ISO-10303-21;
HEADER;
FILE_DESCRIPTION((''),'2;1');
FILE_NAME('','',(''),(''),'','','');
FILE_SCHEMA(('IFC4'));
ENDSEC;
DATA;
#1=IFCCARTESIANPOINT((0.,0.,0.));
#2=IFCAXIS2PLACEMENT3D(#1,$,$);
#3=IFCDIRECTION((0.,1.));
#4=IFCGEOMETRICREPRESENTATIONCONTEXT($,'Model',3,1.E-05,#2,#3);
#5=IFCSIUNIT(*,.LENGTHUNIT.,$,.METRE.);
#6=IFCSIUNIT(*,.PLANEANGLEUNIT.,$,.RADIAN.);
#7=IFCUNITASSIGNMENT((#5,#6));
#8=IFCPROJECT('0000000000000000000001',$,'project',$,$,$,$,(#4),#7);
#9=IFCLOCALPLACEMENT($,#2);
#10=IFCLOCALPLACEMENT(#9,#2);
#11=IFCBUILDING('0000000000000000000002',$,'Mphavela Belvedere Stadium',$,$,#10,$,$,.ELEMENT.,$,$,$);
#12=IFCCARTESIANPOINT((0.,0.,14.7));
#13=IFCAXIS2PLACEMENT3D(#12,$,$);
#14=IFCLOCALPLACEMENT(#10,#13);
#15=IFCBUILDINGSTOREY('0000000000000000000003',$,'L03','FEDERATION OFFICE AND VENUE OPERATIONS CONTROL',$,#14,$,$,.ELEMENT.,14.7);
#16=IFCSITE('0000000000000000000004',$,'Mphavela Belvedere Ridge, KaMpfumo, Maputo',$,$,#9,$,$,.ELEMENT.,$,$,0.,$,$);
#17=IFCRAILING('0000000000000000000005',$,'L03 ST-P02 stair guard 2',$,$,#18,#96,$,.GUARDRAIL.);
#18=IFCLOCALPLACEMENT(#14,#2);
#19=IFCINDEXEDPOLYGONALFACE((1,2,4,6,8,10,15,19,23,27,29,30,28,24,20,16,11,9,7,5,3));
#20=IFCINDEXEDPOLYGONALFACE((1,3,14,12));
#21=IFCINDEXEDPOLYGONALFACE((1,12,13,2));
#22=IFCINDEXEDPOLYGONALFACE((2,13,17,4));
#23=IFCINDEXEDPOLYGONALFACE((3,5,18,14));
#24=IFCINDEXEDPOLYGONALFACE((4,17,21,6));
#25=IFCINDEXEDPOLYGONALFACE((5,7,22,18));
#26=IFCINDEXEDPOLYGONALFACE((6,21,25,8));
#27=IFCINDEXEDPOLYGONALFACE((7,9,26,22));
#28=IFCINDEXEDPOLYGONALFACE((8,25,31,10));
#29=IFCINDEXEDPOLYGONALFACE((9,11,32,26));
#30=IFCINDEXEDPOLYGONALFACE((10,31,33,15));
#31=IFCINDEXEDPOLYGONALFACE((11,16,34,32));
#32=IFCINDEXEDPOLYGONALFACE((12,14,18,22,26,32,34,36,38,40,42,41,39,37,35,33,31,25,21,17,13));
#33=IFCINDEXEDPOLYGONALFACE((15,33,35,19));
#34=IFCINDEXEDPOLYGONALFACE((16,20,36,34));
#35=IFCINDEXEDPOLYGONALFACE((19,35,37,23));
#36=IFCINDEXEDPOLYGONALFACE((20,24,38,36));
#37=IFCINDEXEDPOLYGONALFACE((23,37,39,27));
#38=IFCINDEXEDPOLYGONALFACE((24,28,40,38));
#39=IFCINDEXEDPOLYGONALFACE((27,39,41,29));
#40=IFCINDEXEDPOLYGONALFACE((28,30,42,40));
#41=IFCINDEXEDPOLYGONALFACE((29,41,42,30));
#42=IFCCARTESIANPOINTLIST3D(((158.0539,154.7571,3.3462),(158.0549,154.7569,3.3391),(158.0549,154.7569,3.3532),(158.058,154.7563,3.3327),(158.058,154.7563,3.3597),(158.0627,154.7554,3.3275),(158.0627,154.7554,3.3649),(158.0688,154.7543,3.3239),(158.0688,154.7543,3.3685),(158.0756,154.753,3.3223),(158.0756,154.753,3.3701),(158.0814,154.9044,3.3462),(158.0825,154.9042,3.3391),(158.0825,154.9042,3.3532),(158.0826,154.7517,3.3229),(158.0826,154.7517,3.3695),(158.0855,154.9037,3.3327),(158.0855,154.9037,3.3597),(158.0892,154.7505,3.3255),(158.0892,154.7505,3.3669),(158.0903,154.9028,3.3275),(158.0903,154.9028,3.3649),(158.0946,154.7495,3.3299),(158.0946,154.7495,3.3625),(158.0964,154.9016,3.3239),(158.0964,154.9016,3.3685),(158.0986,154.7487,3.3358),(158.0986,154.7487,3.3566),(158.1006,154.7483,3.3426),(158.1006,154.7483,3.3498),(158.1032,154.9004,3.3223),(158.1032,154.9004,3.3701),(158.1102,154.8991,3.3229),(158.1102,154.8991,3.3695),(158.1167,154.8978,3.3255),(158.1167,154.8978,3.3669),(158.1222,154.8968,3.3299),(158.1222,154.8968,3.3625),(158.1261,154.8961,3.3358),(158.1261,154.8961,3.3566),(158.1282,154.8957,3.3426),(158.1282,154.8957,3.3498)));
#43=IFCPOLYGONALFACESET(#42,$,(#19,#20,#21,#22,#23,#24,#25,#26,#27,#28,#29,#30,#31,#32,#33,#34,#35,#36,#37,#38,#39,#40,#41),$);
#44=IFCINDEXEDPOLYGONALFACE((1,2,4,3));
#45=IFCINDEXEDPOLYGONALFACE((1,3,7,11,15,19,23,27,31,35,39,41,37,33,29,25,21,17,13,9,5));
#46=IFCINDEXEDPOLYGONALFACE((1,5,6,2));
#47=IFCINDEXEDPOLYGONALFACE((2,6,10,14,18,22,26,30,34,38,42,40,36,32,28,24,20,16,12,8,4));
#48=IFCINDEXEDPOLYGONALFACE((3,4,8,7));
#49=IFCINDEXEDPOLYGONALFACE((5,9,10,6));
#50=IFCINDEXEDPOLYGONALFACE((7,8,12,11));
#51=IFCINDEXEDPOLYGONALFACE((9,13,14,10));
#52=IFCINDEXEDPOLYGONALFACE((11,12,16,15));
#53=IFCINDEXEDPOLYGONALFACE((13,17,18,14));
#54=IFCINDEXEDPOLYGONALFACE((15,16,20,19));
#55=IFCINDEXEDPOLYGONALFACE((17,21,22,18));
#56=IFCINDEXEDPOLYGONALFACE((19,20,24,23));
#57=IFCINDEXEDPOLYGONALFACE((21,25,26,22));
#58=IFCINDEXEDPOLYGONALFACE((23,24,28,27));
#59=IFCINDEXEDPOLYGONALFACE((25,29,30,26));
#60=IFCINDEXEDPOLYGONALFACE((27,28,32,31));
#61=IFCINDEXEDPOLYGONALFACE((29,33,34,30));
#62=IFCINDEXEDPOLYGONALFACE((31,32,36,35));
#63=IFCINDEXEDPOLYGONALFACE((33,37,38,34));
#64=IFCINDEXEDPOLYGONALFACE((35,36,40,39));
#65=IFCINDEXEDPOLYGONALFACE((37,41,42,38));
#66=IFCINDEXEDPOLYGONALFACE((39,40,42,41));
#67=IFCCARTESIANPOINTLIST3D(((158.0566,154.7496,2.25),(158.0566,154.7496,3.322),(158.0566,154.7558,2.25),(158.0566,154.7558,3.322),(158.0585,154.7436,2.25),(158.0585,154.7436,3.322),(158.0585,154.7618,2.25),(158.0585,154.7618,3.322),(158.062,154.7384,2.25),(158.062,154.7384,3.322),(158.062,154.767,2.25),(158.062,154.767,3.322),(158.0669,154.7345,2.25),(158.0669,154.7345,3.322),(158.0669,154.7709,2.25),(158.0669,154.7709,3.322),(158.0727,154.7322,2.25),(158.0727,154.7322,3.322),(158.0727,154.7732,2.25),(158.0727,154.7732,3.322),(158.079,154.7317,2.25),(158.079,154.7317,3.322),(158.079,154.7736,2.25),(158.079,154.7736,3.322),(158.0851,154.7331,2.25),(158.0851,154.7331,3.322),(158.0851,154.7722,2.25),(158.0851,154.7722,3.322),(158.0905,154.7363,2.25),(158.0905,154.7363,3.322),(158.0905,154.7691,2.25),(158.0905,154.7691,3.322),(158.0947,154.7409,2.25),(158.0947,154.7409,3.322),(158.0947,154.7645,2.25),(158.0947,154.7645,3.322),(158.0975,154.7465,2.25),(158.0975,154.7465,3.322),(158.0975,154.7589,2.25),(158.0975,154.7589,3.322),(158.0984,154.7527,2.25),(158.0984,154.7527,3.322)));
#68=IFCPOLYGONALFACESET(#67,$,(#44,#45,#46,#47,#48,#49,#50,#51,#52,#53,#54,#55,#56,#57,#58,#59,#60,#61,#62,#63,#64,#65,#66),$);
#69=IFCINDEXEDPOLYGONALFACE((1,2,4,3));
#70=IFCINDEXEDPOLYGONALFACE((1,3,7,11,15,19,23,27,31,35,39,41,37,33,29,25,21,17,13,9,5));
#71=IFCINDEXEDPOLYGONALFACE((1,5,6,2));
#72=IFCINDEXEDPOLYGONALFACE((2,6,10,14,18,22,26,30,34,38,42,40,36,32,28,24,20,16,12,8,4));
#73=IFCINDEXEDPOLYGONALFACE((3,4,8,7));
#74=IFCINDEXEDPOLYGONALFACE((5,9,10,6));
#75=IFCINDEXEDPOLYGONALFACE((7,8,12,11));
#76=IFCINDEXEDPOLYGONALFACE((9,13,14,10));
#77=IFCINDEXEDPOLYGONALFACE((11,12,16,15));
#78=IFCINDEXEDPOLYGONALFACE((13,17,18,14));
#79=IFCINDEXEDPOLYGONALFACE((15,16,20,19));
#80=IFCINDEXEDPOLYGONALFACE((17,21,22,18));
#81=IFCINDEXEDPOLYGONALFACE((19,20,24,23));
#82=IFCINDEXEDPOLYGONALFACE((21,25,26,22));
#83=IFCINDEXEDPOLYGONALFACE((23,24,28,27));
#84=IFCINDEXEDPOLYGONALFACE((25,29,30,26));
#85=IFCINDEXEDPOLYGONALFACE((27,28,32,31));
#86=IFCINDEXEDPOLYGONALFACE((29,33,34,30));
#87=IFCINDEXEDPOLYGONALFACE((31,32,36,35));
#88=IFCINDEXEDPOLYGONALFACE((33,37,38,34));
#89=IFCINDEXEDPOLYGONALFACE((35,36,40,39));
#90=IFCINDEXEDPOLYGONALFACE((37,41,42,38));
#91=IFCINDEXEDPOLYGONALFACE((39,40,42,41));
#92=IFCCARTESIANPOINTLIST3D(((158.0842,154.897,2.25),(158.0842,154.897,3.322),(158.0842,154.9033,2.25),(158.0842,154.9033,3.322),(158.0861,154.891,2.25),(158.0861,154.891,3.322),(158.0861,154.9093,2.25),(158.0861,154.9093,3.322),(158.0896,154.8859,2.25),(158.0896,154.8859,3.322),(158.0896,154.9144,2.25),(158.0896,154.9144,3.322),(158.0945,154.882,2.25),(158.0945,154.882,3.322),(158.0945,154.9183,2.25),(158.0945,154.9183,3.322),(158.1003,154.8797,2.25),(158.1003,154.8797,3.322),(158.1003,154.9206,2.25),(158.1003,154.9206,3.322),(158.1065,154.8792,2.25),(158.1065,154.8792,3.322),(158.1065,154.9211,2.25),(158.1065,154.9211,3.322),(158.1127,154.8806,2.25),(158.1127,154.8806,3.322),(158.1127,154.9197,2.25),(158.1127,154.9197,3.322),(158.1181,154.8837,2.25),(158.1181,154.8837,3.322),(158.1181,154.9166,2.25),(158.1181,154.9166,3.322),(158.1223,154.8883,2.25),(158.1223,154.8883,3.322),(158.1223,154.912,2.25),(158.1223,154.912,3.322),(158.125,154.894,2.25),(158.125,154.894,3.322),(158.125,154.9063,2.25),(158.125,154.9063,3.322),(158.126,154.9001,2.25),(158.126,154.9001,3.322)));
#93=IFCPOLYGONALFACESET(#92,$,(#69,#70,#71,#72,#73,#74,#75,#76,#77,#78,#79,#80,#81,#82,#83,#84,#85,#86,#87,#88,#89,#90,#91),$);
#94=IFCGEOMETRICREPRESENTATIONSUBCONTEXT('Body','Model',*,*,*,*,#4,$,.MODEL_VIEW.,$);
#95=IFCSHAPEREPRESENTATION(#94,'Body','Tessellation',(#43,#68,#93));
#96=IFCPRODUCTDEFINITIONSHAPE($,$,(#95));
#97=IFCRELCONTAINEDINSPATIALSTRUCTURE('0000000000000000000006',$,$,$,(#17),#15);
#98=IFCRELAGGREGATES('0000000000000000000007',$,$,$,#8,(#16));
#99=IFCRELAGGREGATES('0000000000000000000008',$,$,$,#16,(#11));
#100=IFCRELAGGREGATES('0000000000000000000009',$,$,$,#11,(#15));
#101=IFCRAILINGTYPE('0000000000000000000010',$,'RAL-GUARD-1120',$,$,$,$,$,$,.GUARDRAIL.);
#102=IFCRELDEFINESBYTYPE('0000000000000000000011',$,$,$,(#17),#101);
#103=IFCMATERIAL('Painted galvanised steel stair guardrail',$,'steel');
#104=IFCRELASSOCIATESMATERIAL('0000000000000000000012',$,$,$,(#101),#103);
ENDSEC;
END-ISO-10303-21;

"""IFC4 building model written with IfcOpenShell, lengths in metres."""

from ifc_helpers import new_model, si_unit, direction, frame, origin, origin_2d, place, context, subcontext, project, spatial, circle, extrude, material, type_object, element, save


model = new_model("IFC4")

# Units and contexts
model_context = context("Model", 3, precision=1e-05, world=origin(), true_north=direction((0.0, 1.0)))
body_context = subcontext(model_context, "Body", "Model", "MODEL_VIEW")
ifc_project = project(units=[si_unit("LENGTHUNIT", "METRE"), si_unit("PLANEANGLEUNIT", "RADIAN")], contexts=[model_context])

# Site, building, storey
site_placement = place(None, origin())
site = spatial("IfcSite", under=ifc_project, at=site_placement, Name="Mphavela Belvedere Ridge, KaMpfumo, Maputo", CompositionType="ELEMENT", RefElevation=0.0)
building_placement = place(site_placement, origin())
building = spatial("IfcBuilding", under=site, at=building_placement, Name="Mphavela Belvedere Stadium", CompositionType="ELEMENT")
storey_placement = place(building_placement, frame((0.0, 0.0, 14.7)))
storey = spatial("IfcBuildingStorey", under=building, at=storey_placement, Name="L03", Description="FEDERATION OFFICE AND VENUE OPERATIONS CONTROL", CompositionType="ELEMENT", Elevation=14.7)

# Railing
ifc_material_1 = material(Name="Painted galvanised steel stair guardrail", Category="steel")
railing_type_1 = type_object("IfcRailingType", Name="RAL-GUARD-1120", PredefinedType="GUARDRAIL", material=ifc_material_1)
railing_1_placement = place(storey_placement, frame((158.0774, 154.7527, 2.25)))
element("IfcRailing", 1, at=railing_1_placement, inside=storey, type_object=railing_type_1, Name="L03 ST-P02 stair guard 2", PredefinedType="GUARDRAIL", context=body_context, shape_type="SweptSolid", body=[
    extrude(circle(Radius=0.0239, at=origin_2d()), frame((0.0, 0.0, 1.0962), z_axis=(0.183895, 0.982946, 0.0), x_axis=(-0.982946, 0.183895, 0.0)), (0.0, 0.0, 1.0), 0.1499),
    extrude(circle(Radius=0.021, at=origin_2d()), origin(), (0.0, 0.0, 1.0), 1.072),
    extrude(circle(Radius=0.021, at=origin_2d()), frame((0.0276, 0.1475, 0.0)), (0.0, 0.0, 1.0), 1.072),
])

save(model, "model.ifc")
